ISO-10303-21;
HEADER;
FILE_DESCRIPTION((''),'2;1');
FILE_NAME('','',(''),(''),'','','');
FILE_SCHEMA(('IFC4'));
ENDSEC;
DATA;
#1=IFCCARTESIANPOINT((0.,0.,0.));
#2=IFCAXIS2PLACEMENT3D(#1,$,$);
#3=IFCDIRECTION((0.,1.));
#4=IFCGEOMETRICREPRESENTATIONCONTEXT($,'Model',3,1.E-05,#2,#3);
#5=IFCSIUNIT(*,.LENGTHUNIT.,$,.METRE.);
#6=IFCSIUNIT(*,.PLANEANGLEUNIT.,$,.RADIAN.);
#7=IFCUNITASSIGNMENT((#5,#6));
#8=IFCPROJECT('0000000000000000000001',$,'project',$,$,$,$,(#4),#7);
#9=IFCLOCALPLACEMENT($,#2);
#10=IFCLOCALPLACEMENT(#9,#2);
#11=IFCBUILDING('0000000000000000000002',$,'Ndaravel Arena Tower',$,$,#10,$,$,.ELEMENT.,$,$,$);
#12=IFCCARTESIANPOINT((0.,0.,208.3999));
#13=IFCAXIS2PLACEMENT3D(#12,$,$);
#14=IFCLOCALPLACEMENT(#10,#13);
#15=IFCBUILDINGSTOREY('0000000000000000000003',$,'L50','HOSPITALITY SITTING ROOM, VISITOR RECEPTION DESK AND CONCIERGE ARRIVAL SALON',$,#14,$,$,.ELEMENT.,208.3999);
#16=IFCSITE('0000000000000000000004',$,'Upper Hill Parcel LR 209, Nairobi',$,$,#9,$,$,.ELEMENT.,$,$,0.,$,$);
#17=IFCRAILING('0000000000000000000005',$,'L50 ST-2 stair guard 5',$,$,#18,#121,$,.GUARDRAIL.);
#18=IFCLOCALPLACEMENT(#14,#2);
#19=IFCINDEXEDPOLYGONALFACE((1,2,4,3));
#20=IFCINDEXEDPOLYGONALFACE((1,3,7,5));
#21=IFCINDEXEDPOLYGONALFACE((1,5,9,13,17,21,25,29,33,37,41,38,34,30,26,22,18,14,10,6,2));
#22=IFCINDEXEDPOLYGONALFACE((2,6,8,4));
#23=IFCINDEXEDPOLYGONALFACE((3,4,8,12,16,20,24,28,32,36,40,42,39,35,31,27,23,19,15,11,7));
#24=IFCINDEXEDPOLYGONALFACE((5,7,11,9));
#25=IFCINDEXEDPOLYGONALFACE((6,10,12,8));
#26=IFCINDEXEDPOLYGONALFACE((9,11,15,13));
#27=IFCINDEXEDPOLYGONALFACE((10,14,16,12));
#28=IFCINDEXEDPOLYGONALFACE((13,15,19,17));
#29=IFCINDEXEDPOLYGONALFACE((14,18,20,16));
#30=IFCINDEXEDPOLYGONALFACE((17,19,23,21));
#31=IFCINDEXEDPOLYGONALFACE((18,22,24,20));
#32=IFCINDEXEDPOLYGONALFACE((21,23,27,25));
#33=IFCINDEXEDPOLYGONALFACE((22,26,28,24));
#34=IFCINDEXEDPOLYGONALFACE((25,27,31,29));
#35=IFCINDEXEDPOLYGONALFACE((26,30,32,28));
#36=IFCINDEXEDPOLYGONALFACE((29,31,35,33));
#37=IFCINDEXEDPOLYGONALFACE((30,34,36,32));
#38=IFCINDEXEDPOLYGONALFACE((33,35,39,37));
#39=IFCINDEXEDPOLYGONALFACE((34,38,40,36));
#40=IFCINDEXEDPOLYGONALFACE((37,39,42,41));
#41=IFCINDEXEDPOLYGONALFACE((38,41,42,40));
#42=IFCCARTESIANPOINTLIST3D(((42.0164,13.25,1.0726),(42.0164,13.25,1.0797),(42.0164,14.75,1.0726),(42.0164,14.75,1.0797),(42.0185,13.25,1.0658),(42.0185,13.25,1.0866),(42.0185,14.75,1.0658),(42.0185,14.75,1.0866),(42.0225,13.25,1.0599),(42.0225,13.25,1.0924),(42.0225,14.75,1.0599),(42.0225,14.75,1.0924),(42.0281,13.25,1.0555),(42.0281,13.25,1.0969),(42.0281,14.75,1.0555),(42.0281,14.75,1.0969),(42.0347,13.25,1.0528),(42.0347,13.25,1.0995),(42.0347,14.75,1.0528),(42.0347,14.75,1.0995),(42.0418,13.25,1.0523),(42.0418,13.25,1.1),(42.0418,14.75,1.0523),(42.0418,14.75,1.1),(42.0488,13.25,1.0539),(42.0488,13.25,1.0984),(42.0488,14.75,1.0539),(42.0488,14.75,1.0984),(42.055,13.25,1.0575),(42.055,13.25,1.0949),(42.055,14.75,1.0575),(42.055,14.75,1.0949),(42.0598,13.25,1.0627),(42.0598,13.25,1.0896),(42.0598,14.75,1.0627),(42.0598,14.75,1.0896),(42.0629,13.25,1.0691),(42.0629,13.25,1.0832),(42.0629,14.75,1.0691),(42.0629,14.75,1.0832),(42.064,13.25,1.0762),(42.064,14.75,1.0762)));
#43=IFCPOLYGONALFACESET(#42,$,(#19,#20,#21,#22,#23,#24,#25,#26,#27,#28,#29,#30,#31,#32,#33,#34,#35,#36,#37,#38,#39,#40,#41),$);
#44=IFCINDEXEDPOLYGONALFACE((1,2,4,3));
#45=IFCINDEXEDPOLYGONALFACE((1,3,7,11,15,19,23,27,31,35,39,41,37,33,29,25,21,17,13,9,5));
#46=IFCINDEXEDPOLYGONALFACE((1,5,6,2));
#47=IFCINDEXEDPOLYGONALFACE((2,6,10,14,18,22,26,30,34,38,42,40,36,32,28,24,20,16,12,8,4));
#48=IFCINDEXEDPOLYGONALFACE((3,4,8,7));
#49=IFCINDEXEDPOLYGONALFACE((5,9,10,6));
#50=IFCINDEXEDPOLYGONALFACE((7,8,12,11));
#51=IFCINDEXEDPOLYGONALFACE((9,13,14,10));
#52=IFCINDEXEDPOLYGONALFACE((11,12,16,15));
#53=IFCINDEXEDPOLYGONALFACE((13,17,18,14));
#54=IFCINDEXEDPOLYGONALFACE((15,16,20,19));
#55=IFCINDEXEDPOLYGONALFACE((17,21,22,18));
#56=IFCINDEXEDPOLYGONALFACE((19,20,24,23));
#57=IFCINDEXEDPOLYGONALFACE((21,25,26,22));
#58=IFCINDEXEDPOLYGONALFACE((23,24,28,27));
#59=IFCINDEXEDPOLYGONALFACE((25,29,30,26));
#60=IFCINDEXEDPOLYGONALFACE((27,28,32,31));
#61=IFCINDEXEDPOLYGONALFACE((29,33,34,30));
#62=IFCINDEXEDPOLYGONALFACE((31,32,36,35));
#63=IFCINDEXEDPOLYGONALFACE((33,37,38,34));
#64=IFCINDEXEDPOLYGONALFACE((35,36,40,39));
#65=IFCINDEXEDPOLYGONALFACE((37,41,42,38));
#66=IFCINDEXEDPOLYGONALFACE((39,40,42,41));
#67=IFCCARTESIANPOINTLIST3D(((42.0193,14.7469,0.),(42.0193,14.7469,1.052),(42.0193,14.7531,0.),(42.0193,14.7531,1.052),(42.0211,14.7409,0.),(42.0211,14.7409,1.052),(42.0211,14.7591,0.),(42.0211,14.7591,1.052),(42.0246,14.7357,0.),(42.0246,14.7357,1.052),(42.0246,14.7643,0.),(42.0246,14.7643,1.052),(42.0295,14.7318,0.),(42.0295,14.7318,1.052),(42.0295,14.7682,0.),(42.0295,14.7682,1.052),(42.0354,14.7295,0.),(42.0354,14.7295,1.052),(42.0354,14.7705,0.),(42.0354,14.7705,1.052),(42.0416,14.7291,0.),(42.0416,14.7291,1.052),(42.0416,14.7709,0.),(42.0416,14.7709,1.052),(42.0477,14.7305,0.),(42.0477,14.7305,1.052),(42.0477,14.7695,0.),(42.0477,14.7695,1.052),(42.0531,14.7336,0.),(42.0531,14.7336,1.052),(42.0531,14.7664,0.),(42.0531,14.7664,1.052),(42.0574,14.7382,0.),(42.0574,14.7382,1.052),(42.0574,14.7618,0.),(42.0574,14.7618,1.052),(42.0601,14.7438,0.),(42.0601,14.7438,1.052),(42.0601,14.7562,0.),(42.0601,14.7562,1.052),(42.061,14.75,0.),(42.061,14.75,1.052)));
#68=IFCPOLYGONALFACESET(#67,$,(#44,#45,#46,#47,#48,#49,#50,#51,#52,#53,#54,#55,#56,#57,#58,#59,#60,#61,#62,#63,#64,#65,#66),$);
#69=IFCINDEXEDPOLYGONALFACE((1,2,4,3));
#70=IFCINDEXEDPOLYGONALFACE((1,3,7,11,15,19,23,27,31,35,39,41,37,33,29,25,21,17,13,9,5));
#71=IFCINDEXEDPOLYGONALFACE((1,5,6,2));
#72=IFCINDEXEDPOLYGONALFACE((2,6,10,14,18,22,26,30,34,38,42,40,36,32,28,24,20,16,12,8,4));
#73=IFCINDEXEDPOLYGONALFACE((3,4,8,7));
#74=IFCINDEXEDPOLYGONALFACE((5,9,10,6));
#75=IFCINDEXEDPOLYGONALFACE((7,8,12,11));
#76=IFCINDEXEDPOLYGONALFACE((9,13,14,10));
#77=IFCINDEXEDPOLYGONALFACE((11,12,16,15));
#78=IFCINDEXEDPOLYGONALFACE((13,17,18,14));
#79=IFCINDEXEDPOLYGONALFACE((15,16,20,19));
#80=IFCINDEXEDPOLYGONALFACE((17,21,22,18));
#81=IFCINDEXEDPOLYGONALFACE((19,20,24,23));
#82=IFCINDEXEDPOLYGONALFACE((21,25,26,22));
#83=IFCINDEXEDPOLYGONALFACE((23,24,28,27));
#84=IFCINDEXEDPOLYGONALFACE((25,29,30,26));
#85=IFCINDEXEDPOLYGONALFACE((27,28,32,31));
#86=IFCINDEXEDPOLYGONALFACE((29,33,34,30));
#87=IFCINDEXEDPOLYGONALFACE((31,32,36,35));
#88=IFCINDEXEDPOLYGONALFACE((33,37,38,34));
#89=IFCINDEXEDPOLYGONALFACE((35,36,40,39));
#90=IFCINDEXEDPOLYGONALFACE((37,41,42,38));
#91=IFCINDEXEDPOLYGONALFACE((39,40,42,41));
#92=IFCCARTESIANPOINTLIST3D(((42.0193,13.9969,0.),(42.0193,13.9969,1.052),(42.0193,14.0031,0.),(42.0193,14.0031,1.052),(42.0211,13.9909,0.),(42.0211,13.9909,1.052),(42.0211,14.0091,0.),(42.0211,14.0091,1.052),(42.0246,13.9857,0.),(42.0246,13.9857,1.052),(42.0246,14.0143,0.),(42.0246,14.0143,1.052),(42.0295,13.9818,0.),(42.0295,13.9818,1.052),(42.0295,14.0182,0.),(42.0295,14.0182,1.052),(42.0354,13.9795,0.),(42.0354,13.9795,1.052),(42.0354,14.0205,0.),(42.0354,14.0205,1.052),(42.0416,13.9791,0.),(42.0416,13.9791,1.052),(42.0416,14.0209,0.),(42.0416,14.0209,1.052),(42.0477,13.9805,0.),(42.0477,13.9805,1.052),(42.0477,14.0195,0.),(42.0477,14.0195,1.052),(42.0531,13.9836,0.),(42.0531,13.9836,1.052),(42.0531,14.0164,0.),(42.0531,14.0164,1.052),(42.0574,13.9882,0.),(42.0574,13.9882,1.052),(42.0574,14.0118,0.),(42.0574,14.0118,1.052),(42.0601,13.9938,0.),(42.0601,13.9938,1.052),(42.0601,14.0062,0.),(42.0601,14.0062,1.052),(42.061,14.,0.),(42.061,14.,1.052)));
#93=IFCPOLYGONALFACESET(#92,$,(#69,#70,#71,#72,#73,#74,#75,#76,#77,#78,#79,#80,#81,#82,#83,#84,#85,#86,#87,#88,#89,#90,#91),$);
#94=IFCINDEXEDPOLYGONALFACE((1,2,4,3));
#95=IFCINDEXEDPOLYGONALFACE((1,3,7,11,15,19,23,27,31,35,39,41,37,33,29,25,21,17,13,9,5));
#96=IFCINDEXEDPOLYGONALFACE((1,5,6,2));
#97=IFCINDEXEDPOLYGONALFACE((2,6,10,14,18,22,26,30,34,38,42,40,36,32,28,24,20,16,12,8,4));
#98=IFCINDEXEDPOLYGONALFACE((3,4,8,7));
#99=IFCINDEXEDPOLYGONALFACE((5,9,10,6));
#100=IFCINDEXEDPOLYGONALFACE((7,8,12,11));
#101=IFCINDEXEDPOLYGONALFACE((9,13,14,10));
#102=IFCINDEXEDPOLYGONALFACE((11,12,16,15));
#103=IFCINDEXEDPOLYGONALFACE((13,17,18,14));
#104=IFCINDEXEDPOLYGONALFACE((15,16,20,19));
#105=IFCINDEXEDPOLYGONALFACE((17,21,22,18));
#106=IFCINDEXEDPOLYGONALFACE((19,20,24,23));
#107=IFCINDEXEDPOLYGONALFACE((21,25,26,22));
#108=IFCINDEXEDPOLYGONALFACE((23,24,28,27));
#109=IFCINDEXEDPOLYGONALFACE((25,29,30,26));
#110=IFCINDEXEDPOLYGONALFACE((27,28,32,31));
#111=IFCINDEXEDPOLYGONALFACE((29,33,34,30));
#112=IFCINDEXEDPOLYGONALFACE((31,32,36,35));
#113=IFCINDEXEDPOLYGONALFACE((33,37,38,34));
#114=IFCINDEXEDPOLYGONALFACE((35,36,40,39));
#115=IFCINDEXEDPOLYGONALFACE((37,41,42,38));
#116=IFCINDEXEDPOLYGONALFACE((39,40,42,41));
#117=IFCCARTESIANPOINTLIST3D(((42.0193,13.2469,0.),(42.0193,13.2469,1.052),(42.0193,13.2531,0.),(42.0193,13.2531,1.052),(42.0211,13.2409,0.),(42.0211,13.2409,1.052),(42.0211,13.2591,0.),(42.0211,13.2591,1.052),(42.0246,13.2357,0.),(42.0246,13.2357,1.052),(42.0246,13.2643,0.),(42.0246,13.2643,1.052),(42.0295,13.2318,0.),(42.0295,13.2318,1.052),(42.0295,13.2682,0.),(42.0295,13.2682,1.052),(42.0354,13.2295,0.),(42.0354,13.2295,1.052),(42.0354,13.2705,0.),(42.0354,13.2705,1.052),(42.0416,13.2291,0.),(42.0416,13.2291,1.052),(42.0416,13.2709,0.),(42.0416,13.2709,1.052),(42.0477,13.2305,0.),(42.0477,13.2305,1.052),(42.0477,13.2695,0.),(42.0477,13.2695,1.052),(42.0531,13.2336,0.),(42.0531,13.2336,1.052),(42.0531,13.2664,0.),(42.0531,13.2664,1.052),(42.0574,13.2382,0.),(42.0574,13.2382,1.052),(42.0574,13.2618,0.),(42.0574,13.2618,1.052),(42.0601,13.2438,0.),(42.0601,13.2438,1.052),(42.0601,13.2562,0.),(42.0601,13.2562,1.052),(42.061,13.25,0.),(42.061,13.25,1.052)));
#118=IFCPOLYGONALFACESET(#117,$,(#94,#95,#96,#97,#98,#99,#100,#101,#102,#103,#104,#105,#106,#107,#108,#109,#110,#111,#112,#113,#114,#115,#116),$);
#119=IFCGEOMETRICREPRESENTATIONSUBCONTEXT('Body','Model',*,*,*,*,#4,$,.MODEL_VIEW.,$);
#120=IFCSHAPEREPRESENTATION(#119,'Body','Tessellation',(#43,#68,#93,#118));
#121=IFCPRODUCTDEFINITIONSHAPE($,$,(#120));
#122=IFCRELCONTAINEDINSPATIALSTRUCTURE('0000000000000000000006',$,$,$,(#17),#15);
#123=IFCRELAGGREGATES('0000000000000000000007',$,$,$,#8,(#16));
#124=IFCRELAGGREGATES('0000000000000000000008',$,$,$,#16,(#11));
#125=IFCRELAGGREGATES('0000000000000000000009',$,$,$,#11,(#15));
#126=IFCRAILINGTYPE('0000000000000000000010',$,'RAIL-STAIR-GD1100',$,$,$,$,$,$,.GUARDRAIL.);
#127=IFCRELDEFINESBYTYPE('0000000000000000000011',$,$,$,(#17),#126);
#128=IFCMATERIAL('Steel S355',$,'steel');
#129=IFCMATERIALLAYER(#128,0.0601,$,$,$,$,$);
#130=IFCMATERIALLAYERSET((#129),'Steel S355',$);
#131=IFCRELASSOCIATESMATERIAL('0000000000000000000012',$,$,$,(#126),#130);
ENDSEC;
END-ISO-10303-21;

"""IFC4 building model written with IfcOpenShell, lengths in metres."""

from ifc_helpers import new_model, si_unit, direction, frame, origin, origin_2d, place, context, subcontext, project, spatial, circle, extrude, material, layer, layer_set, type_object, element, save


model = new_model("IFC4")

# Units and contexts
model_context = context("Model", 3, precision=1e-05, world=origin(), true_north=direction((0.0, 1.0)))
body_context = subcontext(model_context, "Body", "Model", "MODEL_VIEW")
ifc_project = project(units=[si_unit("LENGTHUNIT", "METRE"), si_unit("PLANEANGLEUNIT", "RADIAN")], contexts=[model_context])

# Site, building, storey
site_placement = place(None, origin())
site = spatial("IfcSite", under=ifc_project, at=site_placement, Name="Upper Hill Parcel LR 209, Nairobi", CompositionType="ELEMENT", RefElevation=0.0)
building_placement = place(site_placement, origin())
building = spatial("IfcBuilding", under=site, at=building_placement, Name="Ndaravel Arena Tower", CompositionType="ELEMENT")
storey_placement = place(building_placement, frame((0.0, 0.0, 208.3999)))
storey = spatial("IfcBuildingStorey", under=building, at=storey_placement, Name="L50", Description="HOSPITALITY SITTING ROOM, VISITOR RECEPTION DESK AND CONCIERGE ARRIVAL SALON", CompositionType="ELEMENT", Elevation=208.3999)

# Railing
ifc_material_1 = material(Name="Steel S355", Category="steel")
ifc_layer_1 = layer(ifc_material_1, 0.0601)
ifc_layer_set_1 = layer_set([ifc_layer_1], Name="Steel S355")
railing_type_1 = type_object("IfcRailingType", Name="RAIL-STAIR-GD1100", PredefinedType="GUARDRAIL", material=ifc_layer_set_1)
railing_1_placement = place(storey_placement, frame((42.04, 14.75, 0.0)))
element("IfcRailing", 1, at=railing_1_placement, inside=storey, type_object=railing_type_1, Name="L50 ST-2 stair guard 5", PredefinedType="GUARDRAIL", context=body_context, shape_type="SweptSolid", body=[
    extrude(circle(Radius=0.0239, at=origin_2d()), frame((0.0, 0.0, 1.0762), z_axis=(0.0, -1.0, 0.0), x_axis=(1.0, 0.0, 0.0)), (0.0, 0.0, 1.0), 1.5),
    extrude(circle(Radius=0.021, at=origin_2d()), origin(), (0.0, 0.0, 1.0), 1.052),
    extrude(circle(Radius=0.021, at=origin_2d()), frame((0.0, -0.75, 0.0)), (0.0, 0.0, 1.0), 1.052),
    extrude(circle(Radius=0.021, at=origin_2d()), frame((0.0, -1.5, 0.0)), (0.0, 0.0, 1.0), 1.052),
])

save(model, "model.ifc")
